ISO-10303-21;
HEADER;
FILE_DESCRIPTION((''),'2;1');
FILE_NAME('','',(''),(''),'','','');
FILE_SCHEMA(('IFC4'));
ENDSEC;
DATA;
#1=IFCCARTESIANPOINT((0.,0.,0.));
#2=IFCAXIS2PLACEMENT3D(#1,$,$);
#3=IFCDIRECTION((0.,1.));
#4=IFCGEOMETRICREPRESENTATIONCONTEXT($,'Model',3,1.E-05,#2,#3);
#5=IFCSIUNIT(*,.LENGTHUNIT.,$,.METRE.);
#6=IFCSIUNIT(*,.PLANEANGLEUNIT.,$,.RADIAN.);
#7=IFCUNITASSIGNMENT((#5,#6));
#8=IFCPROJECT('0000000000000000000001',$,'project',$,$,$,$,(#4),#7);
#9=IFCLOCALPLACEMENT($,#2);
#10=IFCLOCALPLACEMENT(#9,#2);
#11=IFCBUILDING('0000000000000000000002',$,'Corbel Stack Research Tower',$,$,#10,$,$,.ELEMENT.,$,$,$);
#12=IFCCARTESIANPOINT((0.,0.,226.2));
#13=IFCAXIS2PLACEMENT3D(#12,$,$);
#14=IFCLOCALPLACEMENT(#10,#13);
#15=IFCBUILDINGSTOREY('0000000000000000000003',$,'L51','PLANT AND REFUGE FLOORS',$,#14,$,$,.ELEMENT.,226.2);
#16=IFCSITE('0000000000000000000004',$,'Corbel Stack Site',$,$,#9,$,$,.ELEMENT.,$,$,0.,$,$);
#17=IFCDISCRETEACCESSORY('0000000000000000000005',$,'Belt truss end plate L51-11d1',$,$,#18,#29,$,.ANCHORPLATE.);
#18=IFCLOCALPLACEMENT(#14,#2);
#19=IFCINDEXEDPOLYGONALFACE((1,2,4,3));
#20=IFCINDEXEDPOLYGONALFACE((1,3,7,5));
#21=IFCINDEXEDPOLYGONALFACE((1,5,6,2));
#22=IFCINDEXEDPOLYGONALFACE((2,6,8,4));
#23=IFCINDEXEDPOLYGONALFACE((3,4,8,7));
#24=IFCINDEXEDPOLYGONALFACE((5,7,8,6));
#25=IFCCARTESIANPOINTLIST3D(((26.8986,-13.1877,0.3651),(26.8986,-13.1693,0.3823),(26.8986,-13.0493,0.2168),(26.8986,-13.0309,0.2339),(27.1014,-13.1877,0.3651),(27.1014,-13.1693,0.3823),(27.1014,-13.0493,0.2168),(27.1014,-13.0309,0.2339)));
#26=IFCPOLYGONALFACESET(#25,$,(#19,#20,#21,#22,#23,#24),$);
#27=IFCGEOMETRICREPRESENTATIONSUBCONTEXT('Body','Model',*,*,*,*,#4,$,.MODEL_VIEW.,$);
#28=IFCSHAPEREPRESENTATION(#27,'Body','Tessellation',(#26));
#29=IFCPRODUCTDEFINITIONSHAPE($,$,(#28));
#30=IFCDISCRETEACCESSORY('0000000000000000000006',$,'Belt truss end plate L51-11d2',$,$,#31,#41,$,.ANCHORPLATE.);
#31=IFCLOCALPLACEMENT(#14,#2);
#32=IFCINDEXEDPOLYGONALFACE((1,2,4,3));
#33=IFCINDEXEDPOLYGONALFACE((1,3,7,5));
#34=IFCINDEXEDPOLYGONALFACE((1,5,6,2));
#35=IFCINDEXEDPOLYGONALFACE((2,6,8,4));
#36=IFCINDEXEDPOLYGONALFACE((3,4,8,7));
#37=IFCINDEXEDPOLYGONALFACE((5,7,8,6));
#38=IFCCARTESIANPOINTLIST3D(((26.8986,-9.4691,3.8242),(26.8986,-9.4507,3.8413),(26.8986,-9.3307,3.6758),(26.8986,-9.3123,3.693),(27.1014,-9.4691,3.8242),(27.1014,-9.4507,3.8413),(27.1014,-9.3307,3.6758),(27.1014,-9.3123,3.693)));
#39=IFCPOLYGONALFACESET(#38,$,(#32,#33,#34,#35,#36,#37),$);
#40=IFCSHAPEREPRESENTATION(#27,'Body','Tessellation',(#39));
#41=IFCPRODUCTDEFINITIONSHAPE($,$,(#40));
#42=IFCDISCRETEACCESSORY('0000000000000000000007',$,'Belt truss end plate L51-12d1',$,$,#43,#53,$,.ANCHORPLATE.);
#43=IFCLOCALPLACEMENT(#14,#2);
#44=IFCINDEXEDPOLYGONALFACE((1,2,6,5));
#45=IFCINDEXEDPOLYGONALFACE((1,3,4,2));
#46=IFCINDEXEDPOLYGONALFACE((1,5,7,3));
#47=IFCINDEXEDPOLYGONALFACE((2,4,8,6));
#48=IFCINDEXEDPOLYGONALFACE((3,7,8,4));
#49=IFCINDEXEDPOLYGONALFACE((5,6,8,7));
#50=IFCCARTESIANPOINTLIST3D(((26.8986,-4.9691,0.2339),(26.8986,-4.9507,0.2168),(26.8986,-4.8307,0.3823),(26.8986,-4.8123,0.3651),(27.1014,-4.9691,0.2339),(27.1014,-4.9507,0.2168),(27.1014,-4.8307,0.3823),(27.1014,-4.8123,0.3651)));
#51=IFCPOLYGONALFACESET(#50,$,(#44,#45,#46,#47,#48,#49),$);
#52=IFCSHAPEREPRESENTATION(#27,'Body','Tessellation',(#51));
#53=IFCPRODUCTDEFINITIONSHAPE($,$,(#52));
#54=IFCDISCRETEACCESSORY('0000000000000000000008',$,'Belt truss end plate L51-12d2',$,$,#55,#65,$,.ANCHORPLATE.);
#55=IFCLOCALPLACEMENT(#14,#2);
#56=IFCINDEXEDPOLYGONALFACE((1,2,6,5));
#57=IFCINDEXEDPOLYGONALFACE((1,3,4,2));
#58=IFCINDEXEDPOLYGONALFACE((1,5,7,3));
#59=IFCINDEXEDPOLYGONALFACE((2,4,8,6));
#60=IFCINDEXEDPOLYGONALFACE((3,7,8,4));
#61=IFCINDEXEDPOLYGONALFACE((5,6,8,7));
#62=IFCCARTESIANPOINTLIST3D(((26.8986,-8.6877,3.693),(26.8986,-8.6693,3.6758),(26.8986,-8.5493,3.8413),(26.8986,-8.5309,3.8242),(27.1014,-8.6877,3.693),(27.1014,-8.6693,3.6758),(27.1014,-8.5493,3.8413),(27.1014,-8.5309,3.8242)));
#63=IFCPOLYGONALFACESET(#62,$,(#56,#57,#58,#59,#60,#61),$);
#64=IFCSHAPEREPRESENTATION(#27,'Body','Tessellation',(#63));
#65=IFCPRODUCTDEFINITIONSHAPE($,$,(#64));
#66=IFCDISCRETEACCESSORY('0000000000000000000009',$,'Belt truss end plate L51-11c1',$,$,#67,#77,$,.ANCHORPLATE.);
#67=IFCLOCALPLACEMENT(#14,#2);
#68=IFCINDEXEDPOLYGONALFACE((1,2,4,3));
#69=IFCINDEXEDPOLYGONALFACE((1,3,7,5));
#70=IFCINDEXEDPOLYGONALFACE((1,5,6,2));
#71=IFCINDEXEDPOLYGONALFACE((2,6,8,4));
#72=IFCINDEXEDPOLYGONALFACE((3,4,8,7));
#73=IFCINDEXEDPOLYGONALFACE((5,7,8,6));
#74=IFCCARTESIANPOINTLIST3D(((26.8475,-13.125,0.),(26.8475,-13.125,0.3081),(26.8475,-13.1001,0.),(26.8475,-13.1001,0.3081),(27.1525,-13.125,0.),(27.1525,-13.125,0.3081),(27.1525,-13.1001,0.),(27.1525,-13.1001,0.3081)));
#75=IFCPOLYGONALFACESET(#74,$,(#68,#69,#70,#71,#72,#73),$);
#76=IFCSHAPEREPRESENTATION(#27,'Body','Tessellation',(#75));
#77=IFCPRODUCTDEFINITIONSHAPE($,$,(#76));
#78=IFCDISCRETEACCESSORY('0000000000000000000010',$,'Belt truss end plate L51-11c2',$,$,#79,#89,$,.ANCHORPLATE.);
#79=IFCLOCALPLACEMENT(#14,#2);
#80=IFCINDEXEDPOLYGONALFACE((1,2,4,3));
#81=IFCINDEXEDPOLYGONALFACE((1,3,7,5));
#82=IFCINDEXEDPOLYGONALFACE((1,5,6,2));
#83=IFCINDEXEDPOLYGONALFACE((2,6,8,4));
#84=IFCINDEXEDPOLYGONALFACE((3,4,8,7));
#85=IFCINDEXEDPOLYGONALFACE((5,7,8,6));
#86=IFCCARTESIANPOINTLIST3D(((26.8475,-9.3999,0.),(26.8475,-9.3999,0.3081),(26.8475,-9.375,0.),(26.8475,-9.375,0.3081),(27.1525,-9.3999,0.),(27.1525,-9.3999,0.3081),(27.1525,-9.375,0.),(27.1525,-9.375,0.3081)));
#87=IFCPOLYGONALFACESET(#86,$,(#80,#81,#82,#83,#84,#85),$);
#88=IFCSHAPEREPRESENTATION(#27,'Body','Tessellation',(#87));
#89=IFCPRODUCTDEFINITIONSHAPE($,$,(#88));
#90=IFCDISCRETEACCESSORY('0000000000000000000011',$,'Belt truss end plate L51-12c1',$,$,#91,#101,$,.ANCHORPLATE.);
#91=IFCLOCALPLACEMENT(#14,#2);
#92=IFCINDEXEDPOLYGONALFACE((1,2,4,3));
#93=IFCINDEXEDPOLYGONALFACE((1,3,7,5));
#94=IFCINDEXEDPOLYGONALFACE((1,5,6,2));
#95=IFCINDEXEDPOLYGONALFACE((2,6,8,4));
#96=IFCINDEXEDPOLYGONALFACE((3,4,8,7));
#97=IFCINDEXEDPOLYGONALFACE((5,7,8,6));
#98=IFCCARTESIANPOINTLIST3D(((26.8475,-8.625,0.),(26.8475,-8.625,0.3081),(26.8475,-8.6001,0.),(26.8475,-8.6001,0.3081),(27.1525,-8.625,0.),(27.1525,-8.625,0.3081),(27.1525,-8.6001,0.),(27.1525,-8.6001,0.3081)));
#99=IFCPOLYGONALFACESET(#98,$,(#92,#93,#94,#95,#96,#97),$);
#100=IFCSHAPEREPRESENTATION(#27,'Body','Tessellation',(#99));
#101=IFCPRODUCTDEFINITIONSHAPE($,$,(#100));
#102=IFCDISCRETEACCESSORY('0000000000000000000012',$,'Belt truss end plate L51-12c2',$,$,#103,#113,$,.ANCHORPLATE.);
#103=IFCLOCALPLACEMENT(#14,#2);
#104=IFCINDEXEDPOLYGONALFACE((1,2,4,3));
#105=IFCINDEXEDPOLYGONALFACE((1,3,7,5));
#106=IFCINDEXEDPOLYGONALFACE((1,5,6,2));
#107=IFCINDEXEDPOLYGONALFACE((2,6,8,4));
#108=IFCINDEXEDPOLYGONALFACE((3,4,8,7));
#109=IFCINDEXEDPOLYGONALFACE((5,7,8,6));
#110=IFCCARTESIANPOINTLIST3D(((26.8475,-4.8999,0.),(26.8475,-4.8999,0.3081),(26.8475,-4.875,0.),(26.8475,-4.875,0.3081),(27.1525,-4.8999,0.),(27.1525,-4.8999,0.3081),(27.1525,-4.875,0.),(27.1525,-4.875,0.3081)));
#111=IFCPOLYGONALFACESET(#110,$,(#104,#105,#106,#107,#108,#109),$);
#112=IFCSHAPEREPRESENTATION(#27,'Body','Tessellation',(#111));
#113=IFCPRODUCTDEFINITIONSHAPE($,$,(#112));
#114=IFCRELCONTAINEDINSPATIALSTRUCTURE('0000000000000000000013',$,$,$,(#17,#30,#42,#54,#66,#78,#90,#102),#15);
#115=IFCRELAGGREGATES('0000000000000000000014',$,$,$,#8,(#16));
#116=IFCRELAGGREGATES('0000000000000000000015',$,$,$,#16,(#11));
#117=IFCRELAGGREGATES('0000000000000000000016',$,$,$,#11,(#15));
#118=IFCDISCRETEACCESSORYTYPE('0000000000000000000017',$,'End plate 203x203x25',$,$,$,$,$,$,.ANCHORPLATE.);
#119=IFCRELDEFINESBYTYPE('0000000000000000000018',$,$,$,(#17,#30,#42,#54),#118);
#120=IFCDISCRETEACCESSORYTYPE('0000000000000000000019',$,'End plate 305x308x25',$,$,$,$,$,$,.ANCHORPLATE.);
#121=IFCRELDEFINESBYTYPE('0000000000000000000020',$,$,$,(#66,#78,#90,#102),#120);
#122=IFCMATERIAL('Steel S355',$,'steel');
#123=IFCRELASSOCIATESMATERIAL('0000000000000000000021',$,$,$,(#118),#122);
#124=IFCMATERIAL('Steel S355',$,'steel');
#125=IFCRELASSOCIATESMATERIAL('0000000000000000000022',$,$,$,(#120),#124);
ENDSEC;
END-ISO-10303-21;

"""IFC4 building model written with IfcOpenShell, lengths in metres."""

from ifc_helpers import new_model, si_unit, direction, frame, origin, origin_2d, place, context, subcontext, project, spatial, rectangle, extrude, material, material_profile, profile_set, type_object, element, save


model = new_model("IFC4")

# Units and contexts
model_context = context("Model", 3, precision=1e-05, world=origin(), true_north=direction((0.0, 1.0)))
body_context = subcontext(model_context, "Body", "Model", "MODEL_VIEW")
ifc_project = project(units=[si_unit("LENGTHUNIT", "METRE"), si_unit("PLANEANGLEUNIT", "RADIAN")], contexts=[model_context])

# Site, building, storey
site_placement = place(None, origin())
site = spatial("IfcSite", under=ifc_project, at=site_placement, Name="Corbel Stack Site", CompositionType="ELEMENT", RefElevation=0.0)
building_placement = place(site_placement, origin())
building = spatial("IfcBuilding", under=site, at=building_placement, Name="Corbel Stack Research Tower", CompositionType="ELEMENT")
storey_placement = place(building_placement, frame((0.0, 0.0, 226.2)))
storey = spatial("IfcBuildingStorey", under=building, at=storey_placement, Name="L51", Description="PLANT AND REFUGE FLOORS", CompositionType="ELEMENT", Elevation=226.2)

# Discrete accessories
ifc_material_1 = material(Name="Steel S355", Category="steel")
ifc_material_profile_1 = material_profile(ifc_material_1, rectangle(XDim=0.2029, YDim=0.2029, at=origin_2d()), Name="End plate 203x203x25")
ifc_profile_set_1 = profile_set([ifc_material_profile_1], Name="Steel S355")
discrete_accessory_type_1 = type_object("IfcDiscreteAccessoryType", Name="End plate 203x203x25", PredefinedType="ANCHORPLATE", material=ifc_profile_set_1)
for number, where, z_axis, x_axis, name in (
    (1, (27.0, -13.1001, 0.3081), (0.0, -0.731055, -0.682318), (1.0, 0.0, 0.0), "Belt truss end plate L51-11d1"),
    (2, (27.0, -9.3999, 3.75), (0.0, 0.731055, 0.682318), (-1.0, 0.0, 0.0), "Belt truss end plate L51-11d2"),
    (3, (27.0, -4.8999, 0.3081), (0.0, 0.731055, -0.682318), (-1.0, 0.0, 0.0), "Belt truss end plate L51-12d1"),
    (4, (27.0, -8.6001, 3.75), (0.0, -0.731055, 0.682318), (1.0, 0.0, 0.0), "Belt truss end plate L51-12d2"),
):
    element("IfcDiscreteAccessory", number, at=place(storey_placement, frame(where, z_axis=z_axis, x_axis=x_axis)), inside=storey, type_object=discrete_accessory_type_1, Name=name, PredefinedType="ANCHORPLATE", context=body_context, shape_type="SweptSolid", body=[
        extrude(rectangle(XDim=0.2029, YDim=0.2029, at=origin_2d()), origin(), (0.0, 0.0, 1.0), 0.0251),
    ])
ifc_material_2 = material(Name="Steel S355", Category="steel")
ifc_material_profile_2 = material_profile(ifc_material_2, rectangle(XDim=0.3049, YDim=0.3081, at=origin_2d()), Name="End plate 305x308x25")
ifc_profile_set_2 = profile_set([ifc_material_profile_2], Name="Steel S355")
discrete_accessory_type_2 = type_object("IfcDiscreteAccessoryType", Name="End plate 305x308x25", PredefinedType="ANCHORPLATE", material=ifc_profile_set_2)
for number, where, z_axis, x_axis, name in (
    (5, (27.0, -13.1001, 0.1541), (0.0, -1.0, 0.0), (1.0, 0.0, 0.0), "Belt truss end plate L51-11c1"),
    (6, (27.0, -9.3999, 0.1541), (0.0, 1.0, 0.0), (-1.0, 0.0, 0.0), "Belt truss end plate L51-11c2"),
    (7, (27.0, -8.6001, 0.1541), (0.0, -1.0, 0.0), (1.0, 0.0, 0.0), "Belt truss end plate L51-12c1"),
    (8, (27.0, -4.8999, 0.1541), (0.0, 1.0, 0.0), (-1.0, 0.0, 0.0), "Belt truss end plate L51-12c2"),
):
    element("IfcDiscreteAccessory", number, at=place(storey_placement, frame(where, z_axis=z_axis, x_axis=x_axis)), inside=storey, type_object=discrete_accessory_type_2, Name=name, PredefinedType="ANCHORPLATE", context=body_context, shape_type="SweptSolid", body=[
        extrude(rectangle(XDim=0.3049, YDim=0.3081, at=origin_2d()), origin(), (0.0, 0.0, 1.0), 0.0249),
    ])

save(model, "model.ifc")
